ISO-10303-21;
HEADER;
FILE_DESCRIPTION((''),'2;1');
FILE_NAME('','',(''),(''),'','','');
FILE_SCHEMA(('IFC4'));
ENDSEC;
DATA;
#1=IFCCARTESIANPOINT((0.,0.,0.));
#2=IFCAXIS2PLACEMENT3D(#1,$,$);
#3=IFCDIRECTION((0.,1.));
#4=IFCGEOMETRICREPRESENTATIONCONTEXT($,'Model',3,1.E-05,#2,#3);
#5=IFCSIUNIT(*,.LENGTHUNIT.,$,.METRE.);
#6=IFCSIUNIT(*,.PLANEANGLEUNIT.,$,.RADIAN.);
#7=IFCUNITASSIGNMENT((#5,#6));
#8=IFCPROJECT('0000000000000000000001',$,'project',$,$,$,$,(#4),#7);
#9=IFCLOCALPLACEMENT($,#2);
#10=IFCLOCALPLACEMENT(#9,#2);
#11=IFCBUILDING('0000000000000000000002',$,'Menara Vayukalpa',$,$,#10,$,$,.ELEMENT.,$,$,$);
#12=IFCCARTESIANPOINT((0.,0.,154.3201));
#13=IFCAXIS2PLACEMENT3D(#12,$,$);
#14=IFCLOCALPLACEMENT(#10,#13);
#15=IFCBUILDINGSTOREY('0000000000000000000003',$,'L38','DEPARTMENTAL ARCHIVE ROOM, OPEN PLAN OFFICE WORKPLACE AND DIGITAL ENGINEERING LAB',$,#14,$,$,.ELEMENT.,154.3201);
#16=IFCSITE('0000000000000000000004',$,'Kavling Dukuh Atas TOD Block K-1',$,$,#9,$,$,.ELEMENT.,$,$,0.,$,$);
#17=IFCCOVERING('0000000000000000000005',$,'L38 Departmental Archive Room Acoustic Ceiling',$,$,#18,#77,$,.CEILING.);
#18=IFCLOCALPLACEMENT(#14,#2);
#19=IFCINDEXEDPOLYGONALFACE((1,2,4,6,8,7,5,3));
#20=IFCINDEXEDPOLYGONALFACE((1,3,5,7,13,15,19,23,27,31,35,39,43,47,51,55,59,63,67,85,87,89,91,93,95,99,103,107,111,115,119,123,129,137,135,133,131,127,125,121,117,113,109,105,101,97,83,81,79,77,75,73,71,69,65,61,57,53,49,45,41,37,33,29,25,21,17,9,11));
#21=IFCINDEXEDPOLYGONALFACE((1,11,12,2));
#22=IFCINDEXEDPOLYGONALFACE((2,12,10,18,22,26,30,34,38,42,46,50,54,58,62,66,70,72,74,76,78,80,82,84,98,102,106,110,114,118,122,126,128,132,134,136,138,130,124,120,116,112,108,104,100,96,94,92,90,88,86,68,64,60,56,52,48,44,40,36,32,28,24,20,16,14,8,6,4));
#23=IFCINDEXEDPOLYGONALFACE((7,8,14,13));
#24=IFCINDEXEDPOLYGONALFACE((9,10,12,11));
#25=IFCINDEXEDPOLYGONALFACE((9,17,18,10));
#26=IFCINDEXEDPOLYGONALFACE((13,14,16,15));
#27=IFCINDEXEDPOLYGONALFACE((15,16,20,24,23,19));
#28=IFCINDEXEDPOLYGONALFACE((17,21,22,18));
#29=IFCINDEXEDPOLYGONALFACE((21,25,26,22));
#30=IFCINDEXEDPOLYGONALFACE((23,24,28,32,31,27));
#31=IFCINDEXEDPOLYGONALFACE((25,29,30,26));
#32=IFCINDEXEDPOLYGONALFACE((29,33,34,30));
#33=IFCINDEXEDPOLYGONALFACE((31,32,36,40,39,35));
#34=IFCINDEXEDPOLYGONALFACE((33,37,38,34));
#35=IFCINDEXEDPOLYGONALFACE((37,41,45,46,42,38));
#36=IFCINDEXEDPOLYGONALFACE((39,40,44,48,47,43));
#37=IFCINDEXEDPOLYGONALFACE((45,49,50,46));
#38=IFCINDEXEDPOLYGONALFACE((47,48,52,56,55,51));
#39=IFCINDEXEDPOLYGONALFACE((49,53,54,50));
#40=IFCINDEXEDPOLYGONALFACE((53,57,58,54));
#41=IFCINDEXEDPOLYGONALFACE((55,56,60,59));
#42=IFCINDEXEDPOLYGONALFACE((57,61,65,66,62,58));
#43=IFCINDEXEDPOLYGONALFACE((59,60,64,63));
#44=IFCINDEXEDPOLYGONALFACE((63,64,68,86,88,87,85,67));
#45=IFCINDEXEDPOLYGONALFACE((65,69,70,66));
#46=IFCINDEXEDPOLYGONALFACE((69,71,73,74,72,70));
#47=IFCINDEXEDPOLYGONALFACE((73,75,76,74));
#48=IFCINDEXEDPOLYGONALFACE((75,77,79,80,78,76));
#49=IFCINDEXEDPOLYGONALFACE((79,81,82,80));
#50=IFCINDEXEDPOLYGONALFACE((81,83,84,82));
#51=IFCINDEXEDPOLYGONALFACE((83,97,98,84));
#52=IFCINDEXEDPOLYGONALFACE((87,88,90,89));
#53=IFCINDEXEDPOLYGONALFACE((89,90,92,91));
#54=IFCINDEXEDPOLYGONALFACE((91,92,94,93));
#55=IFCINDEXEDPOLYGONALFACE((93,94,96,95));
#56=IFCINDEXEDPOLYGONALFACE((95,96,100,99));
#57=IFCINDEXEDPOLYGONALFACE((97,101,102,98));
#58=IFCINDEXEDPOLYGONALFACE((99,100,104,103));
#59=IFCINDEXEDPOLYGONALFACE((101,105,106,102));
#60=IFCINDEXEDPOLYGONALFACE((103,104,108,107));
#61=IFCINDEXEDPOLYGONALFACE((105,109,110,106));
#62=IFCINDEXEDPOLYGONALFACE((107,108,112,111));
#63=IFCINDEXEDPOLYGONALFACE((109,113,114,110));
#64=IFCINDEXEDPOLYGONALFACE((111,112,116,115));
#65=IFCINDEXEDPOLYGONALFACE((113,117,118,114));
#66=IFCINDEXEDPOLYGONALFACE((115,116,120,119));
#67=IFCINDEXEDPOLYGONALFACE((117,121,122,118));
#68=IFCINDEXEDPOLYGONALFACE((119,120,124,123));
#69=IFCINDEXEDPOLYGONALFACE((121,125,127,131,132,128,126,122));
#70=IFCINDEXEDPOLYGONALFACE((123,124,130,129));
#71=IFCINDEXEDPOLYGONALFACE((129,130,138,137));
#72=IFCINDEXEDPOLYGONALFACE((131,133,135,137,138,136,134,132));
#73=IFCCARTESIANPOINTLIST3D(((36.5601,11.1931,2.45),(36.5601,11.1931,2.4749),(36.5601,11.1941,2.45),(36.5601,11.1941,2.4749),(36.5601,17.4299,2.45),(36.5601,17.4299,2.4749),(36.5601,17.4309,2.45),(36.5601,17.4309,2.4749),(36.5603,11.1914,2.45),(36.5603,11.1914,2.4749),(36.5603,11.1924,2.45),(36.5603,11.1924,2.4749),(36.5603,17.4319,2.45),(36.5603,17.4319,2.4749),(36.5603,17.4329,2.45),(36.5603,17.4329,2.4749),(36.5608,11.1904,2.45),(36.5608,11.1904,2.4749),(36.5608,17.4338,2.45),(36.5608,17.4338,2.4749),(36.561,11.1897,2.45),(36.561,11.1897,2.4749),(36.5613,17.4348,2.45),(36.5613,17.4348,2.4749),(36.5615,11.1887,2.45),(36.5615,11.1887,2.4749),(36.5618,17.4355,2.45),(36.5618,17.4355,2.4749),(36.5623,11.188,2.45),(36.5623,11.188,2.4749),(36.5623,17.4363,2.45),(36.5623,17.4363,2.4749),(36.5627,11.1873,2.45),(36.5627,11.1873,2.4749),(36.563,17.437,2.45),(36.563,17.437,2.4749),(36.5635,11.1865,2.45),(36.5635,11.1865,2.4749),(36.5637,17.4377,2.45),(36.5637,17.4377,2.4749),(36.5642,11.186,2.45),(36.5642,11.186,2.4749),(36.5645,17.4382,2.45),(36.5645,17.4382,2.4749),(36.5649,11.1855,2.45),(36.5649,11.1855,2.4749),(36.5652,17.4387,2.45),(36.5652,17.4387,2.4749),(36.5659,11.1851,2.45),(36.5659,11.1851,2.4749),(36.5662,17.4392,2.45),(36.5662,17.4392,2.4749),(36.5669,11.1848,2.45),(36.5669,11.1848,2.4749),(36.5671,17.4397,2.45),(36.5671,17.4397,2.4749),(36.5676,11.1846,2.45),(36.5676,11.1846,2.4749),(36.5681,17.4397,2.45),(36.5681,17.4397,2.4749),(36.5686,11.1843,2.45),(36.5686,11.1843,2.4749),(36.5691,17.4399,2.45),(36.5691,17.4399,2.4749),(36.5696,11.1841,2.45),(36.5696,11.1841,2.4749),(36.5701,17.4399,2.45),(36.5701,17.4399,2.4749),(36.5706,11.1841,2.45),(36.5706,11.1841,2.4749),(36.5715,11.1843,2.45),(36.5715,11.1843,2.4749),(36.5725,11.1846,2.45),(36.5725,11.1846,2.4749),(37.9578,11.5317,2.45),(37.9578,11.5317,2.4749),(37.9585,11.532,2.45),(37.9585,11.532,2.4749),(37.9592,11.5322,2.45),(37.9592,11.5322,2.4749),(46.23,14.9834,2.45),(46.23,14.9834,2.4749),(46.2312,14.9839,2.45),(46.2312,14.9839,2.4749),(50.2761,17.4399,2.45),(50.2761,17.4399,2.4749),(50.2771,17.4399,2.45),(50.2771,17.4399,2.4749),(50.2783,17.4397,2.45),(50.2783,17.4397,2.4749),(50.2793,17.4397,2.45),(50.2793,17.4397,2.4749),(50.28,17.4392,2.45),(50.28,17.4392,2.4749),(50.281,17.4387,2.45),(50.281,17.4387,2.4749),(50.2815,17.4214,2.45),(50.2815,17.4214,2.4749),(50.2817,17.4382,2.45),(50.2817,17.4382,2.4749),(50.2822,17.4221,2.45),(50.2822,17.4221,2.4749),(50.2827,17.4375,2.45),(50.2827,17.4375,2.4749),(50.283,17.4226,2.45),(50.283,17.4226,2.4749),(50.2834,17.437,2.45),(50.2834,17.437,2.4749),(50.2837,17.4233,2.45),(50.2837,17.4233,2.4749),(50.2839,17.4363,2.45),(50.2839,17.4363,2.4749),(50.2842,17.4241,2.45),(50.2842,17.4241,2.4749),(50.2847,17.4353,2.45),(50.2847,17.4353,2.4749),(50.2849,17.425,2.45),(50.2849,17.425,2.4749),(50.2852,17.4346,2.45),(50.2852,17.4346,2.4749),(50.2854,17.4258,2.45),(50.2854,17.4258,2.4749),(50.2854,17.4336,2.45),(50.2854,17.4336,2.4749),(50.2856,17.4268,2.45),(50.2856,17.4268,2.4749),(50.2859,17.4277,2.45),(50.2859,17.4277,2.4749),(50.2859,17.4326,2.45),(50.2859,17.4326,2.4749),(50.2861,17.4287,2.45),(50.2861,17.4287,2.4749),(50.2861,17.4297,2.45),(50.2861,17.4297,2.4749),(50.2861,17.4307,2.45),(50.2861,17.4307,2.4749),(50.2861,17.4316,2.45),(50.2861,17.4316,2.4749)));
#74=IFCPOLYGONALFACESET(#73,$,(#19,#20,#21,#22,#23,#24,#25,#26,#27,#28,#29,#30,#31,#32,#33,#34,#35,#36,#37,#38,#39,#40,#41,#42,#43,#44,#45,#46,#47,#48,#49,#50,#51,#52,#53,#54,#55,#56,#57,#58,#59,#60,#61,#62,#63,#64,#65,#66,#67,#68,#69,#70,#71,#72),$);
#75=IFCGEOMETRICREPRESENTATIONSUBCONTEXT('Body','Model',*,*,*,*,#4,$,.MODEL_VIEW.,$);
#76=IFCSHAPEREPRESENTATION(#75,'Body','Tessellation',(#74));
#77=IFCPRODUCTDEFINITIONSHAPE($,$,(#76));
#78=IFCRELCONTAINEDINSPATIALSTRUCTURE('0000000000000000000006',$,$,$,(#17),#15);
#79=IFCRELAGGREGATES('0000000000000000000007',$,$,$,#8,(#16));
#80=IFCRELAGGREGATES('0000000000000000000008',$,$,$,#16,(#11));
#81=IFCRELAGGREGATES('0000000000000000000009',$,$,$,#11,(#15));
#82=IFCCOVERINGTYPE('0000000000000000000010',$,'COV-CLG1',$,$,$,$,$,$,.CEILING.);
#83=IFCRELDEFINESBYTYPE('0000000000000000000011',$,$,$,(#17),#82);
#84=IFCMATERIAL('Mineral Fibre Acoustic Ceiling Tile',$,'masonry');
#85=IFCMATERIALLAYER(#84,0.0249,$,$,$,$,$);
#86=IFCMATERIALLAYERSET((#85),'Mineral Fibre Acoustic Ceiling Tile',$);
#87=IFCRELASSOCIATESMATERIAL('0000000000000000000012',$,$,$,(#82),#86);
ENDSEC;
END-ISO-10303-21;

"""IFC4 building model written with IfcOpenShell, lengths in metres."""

from ifc_helpers import new_model, si_unit, direction, frame, origin, place, context, subcontext, project, spatial, polyline, outline, extrude, material, layer, layer_set, type_object, element, save


model = new_model("IFC4")

# Units and contexts
model_context = context("Model", 3, precision=1e-05, world=origin(), true_north=direction((0.0, 1.0)))
body_context = subcontext(model_context, "Body", "Model", "MODEL_VIEW")
ifc_project = project(units=[si_unit("LENGTHUNIT", "METRE"), si_unit("PLANEANGLEUNIT", "RADIAN")], contexts=[model_context])

# Site, building, storey
site_placement = place(None, origin())
site = spatial("IfcSite", under=ifc_project, at=site_placement, Name="Kavling Dukuh Atas TOD Block K-1", CompositionType="ELEMENT", RefElevation=0.0)
building_placement = place(site_placement, origin())
building = spatial("IfcBuilding", under=site, at=building_placement, Name="Menara Vayukalpa", CompositionType="ELEMENT")
storey_placement = place(building_placement, frame((0.0, 0.0, 154.3201)))
storey = spatial("IfcBuildingStorey", under=building, at=storey_placement, Name="L38", Description="DEPARTMENTAL ARCHIVE ROOM, OPEN PLAN OFFICE WORKPLACE AND DIGITAL ENGINEERING LAB", CompositionType="ELEMENT", Elevation=154.3201)

# Covering
ifc_material_1 = material(Name="Mineral Fibre Acoustic Ceiling Tile", Category="masonry")
ifc_layer_1 = layer(ifc_material_1, 0.0249)
ifc_layer_set_1 = layer_set([ifc_layer_1], Name="Mineral Fibre Acoustic Ceiling Tile")
covering_type_1 = type_object("IfcCoveringType", Name="COV-CLG1", PredefinedType="CEILING", material=ifc_layer_set_1)
covering_1_placement = place(storey_placement, frame((0.0, 0.0, 2.45)))
element("IfcCovering", 1, at=covering_1_placement, inside=storey, type_object=covering_type_1, Name="L38 Departmental Archive Room Acoustic Ceiling", PredefinedType="CEILING", context=body_context, shape_type="SweptSolid", body=[
    extrude(outline(polyline([(37.9585, 11.532), (37.9578, 11.5317), (36.5725, 11.1846), (36.5715, 11.1843), (36.5706, 11.1841), (36.5696, 11.1841), (36.5686, 11.1843), (36.5676, 11.1846), (36.5669, 11.1848), (36.5659, 11.1851), (36.5649, 11.1855), (36.5642, 11.186), (36.5635, 11.1865), (36.5627, 11.1873), (36.5623, 11.188), (36.5615, 11.1887), (36.561, 11.1897), (36.5608, 11.1904), (36.5603, 11.1914), (36.5603, 11.1924), (36.5601, 11.1931), (36.5601, 11.1941), (36.5601, 17.4299), (36.5601, 17.4309), (36.5603, 17.4319), (36.5603, 17.4329), (36.5608, 17.4338), (36.5613, 17.4348), (36.5618, 17.4355), (36.5623, 17.4363), (36.563, 17.437), (36.5637, 17.4377), (36.5645, 17.4382), (36.5652, 17.4387), (36.5662, 17.4392), (36.5671, 17.4397), (36.5681, 17.4397), (36.5691, 17.4399), (36.5701, 17.4399), (50.2761, 17.4399), (50.2771, 17.4399), (50.2783, 17.4397), (50.2793, 17.4397), (50.28, 17.4392), (50.281, 17.4387), (50.2817, 17.4382), (50.2827, 17.4375), (50.2834, 17.437), (50.2839, 17.4363), (50.2847, 17.4353), (50.2852, 17.4346), (50.2854, 17.4336), (50.2859, 17.4326), (50.2861, 17.4316), (50.2861, 17.4307), (50.2861, 17.4297), (50.2861, 17.4287), (50.2859, 17.4277), (50.2856, 17.4268), (50.2854, 17.4258), (50.2849, 17.425), (50.2842, 17.4241), (50.2837, 17.4233), (50.283, 17.4226), (50.2822, 17.4221), (50.2815, 17.4214), (46.2312, 14.9839), (46.23, 14.9834), (37.9592, 11.5322), (37.9585, 11.532)])), origin(), (0.0, 0.0, 1.0), 0.0249),
])

save(model, "model.ifc")
